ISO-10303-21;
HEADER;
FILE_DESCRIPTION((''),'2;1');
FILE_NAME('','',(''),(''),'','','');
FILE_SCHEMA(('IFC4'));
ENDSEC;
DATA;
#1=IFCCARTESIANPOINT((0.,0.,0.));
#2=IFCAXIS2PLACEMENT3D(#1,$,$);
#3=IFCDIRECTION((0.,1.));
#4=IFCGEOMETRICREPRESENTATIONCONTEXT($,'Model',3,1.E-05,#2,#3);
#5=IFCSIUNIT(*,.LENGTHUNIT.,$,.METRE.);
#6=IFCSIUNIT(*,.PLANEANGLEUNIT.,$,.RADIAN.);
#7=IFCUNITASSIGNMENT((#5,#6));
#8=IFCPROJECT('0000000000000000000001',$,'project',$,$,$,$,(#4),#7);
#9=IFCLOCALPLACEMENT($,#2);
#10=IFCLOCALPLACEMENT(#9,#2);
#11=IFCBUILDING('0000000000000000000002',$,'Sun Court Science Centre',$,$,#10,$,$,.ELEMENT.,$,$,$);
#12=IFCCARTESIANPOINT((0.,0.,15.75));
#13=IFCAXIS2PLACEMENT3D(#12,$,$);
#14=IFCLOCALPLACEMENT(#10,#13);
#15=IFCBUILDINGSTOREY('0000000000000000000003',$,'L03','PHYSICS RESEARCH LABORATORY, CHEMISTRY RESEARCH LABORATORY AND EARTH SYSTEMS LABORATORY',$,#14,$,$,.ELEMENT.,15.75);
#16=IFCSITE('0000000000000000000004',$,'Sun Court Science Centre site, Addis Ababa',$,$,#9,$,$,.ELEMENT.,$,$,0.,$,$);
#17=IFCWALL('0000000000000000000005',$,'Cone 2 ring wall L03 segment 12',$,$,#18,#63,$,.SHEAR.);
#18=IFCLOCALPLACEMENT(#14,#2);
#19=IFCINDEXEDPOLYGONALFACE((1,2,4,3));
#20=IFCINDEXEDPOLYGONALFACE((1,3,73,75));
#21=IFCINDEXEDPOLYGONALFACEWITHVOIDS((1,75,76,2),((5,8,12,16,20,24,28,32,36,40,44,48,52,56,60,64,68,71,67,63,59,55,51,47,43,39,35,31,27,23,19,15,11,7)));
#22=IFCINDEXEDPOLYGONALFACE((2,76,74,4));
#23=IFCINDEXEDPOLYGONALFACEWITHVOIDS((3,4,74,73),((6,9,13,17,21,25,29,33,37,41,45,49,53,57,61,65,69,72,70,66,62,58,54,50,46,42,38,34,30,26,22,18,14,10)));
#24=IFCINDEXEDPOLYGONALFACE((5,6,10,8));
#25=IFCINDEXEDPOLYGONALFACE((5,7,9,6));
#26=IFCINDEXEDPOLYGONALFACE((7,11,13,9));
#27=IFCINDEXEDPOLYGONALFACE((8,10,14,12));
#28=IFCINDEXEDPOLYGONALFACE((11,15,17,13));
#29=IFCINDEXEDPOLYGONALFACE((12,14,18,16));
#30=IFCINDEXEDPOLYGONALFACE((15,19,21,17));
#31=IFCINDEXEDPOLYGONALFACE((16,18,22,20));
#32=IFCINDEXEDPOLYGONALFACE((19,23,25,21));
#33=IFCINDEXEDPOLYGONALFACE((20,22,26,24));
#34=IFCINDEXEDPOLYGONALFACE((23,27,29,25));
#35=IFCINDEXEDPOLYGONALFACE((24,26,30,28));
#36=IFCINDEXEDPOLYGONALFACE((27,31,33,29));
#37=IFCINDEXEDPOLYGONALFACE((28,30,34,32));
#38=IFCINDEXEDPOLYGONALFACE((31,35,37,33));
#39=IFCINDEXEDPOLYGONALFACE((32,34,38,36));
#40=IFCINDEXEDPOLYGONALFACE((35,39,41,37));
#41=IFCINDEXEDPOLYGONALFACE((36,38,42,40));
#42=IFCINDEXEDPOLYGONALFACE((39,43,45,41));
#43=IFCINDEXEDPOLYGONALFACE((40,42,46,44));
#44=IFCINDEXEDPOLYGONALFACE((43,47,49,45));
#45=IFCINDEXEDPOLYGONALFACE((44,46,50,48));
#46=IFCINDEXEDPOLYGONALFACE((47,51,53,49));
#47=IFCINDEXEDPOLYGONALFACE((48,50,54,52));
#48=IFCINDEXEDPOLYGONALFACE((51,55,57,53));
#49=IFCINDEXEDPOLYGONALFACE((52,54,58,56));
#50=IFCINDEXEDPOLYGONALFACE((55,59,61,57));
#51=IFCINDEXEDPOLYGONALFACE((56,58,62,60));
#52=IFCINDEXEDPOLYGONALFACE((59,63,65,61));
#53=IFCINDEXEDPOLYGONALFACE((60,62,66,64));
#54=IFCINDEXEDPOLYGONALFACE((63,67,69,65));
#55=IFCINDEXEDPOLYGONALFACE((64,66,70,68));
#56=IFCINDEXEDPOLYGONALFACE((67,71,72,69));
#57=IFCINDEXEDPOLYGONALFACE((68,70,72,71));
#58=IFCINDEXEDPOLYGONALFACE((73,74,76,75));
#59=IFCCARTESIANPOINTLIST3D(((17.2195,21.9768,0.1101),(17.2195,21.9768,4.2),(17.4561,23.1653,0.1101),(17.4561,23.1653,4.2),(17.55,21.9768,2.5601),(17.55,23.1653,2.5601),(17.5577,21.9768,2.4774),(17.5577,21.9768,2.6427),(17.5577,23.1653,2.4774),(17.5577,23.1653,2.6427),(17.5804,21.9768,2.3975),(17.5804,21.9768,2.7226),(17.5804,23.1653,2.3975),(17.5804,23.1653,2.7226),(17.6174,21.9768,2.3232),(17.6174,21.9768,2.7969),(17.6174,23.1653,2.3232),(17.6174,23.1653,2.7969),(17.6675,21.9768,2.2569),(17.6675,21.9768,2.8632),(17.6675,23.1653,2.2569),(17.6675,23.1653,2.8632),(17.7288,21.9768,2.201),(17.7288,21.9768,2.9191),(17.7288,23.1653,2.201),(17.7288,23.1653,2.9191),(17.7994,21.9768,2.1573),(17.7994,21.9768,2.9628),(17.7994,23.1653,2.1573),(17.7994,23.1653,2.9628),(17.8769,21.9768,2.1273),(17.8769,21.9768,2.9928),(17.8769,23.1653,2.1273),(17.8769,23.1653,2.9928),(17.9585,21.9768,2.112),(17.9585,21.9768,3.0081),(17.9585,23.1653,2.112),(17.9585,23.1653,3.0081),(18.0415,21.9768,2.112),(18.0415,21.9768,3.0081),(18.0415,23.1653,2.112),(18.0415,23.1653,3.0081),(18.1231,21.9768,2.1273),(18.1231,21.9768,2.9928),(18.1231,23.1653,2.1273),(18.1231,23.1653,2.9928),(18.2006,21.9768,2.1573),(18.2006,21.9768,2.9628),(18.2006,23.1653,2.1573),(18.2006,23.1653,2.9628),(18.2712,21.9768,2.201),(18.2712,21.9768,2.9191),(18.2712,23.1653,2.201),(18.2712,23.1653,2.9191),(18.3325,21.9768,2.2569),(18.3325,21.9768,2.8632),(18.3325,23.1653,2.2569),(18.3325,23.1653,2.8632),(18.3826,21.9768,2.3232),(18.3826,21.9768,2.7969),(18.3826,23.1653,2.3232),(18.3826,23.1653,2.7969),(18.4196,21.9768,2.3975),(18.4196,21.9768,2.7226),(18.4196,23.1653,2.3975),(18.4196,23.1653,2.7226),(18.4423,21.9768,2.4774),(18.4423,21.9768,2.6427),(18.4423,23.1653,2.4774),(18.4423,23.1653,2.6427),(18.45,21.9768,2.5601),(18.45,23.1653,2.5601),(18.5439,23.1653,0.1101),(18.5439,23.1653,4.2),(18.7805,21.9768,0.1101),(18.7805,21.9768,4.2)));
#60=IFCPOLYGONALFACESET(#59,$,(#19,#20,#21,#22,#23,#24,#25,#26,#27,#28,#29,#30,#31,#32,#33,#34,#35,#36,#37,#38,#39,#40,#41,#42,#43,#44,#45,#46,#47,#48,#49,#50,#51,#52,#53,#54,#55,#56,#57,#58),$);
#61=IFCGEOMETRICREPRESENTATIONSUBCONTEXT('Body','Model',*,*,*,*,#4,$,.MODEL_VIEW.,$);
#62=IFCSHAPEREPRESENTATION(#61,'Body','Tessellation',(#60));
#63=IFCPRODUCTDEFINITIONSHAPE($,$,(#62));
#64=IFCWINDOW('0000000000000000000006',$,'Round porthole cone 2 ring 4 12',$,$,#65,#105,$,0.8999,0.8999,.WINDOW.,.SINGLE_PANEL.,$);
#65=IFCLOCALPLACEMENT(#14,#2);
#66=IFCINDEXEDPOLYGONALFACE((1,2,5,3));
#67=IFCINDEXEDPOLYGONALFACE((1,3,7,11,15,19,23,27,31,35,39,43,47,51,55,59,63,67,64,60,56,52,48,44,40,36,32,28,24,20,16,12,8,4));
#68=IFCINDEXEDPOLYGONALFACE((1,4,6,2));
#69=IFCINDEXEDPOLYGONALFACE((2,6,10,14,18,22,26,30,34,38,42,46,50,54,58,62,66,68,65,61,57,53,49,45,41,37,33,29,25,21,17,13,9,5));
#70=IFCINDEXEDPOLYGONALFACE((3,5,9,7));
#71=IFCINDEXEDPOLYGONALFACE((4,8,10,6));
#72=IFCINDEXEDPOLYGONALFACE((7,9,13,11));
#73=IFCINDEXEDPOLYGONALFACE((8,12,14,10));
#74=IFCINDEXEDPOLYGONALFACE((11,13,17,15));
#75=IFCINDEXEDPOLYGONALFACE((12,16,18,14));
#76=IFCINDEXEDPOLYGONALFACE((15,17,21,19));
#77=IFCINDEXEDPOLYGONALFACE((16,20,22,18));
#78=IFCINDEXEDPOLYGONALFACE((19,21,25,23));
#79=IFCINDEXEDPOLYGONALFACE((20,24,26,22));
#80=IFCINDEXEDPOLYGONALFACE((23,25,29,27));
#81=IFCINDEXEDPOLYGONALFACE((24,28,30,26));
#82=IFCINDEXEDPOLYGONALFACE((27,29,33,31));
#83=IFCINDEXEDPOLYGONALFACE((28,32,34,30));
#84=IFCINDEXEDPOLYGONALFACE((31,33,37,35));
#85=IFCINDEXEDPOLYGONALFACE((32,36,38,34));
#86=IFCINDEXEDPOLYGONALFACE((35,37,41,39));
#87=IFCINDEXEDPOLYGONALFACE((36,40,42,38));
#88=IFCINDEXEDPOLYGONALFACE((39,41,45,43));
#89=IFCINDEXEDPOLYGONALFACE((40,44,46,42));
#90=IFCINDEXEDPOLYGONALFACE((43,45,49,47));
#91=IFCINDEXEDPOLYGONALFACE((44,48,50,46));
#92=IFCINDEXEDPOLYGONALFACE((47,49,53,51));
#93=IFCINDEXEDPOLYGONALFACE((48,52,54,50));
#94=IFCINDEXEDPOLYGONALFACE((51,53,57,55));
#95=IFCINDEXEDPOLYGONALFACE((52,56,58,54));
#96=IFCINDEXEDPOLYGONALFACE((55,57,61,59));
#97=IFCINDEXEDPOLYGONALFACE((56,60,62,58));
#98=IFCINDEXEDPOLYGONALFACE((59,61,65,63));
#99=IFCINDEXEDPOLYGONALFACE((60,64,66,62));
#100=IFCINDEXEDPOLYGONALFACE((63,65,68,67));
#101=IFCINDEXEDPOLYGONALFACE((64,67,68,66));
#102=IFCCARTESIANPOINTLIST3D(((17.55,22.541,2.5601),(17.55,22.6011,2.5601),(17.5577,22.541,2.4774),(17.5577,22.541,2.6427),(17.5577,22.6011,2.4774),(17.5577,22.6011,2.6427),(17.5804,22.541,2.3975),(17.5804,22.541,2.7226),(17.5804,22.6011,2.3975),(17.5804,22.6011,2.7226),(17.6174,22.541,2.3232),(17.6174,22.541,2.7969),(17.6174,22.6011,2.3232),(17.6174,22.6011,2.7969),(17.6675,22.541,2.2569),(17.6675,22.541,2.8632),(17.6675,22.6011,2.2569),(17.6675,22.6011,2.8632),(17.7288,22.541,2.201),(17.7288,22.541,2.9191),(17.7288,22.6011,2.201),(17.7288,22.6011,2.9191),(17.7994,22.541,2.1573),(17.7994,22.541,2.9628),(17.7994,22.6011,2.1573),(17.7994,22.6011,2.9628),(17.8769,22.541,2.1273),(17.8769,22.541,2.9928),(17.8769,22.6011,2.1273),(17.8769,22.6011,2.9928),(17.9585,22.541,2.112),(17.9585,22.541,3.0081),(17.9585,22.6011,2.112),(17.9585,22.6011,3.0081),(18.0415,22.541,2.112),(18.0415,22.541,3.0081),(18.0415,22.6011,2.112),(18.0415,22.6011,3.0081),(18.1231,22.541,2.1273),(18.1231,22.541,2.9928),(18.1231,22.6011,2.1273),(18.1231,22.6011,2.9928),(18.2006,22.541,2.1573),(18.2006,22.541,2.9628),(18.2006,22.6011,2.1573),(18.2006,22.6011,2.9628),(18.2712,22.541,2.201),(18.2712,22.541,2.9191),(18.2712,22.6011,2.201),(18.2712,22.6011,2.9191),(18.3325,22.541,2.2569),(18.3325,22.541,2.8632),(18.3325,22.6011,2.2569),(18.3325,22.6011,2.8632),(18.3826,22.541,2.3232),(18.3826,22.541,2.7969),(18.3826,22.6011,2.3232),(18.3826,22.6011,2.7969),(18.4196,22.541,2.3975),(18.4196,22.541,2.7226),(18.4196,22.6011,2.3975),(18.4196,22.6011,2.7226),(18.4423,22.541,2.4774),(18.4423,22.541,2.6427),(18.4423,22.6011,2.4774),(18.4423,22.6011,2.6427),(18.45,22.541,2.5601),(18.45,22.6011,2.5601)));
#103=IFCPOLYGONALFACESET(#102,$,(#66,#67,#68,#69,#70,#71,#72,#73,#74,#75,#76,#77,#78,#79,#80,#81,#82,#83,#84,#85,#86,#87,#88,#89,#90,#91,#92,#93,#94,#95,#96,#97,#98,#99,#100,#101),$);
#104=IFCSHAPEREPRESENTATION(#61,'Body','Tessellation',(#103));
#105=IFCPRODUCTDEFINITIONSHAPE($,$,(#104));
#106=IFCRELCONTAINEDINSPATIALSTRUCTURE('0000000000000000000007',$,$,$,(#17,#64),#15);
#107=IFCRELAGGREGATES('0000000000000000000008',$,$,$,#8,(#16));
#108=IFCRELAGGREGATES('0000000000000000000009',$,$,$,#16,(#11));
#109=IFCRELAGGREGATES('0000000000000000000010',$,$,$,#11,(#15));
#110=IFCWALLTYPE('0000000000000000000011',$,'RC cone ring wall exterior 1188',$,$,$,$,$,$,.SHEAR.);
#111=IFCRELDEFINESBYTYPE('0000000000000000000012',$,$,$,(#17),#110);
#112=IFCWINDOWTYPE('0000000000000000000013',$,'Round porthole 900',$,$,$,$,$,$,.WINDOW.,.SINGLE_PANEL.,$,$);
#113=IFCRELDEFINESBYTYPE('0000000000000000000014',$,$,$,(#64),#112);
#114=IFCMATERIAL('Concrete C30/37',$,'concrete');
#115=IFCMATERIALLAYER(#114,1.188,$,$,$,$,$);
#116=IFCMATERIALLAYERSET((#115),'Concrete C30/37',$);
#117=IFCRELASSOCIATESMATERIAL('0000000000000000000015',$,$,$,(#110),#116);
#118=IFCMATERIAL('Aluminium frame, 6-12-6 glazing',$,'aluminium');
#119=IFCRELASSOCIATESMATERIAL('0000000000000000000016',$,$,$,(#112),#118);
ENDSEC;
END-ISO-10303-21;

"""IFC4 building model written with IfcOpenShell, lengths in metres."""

from ifc_helpers import new_model, si_unit, direction, frame, frame_2d, origin, place, context, subcontext, project, spatial, polyline, circle, outline, extrude, material, layer, layer_set, type_object, element, fill, save


model = new_model("IFC4")

# Units and contexts
model_context = context("Model", 3, precision=1e-05, world=origin(), true_north=direction((0.0, 1.0)))
body_context = subcontext(model_context, "Body", "Model", "MODEL_VIEW")
ifc_project = project(units=[si_unit("LENGTHUNIT", "METRE"), si_unit("PLANEANGLEUNIT", "RADIAN")], contexts=[model_context])

# Site, building, storey
site_placement = place(None, origin())
site = spatial("IfcSite", under=ifc_project, at=site_placement, Name="Sun Court Science Centre site, Addis Ababa", CompositionType="ELEMENT", RefElevation=0.0)
building_placement = place(site_placement, origin())
building = spatial("IfcBuilding", under=site, at=building_placement, Name="Sun Court Science Centre", CompositionType="ELEMENT")
storey_placement = place(building_placement, frame((0.0, 0.0, 15.75)))
storey = spatial("IfcBuildingStorey", under=building, at=storey_placement, Name="L03", Description="PHYSICS RESEARCH LABORATORY, CHEMISTRY RESEARCH LABORATORY AND EARTH SYSTEMS LABORATORY", CompositionType="ELEMENT", Elevation=15.75)

# Wall, opening, window
ifc_material_1 = material(Name="Concrete C30/37", Category="concrete")
ifc_layer_1 = layer(ifc_material_1, 1.188)
ifc_layer_set_1 = layer_set([ifc_layer_1], Name="Concrete C30/37")
wall_type_1 = type_object("IfcWallType", Name="RC cone ring wall exterior 1188", PredefinedType="SHEAR", material=ifc_layer_set_1)
ifc_material_2 = material(Name="Aluminium frame, 6-12-6 glazing", Category="aluminium")
window_type = type_object("IfcWindowType", Name="Round porthole 900", PartitioningType="SINGLE_PANEL", PredefinedType="WINDOW", material=ifc_material_2)
wall_1_placement = place(storey_placement, frame((17.2197, 22.571, 0.1101), z_axis=(0.0, 0.0, 1.0), x_axis=(1.0, 0.0, 0.0)))
wall_1 = element("IfcWall", 1, at=wall_1_placement, inside=storey, type_object=wall_type_1, Name="Cone 2 ring wall L03 segment 12", PredefinedType="SHEAR", context=body_context, shape_type="SweptSolid", body=[
    extrude(outline(polyline([(-0.0002, -0.5942), (1.5608, -0.5942), (1.3242, 0.5942), (0.2363, 0.5942), (-0.0002, -0.5942)])), origin(), (0.0, 0.0, 1.0), 4.0898),
])
opening_1_placement = place(wall_1_placement, frame((0.3303, 0.0, 2.0)))
opening_1 = element("IfcOpeningElement", 2, at=opening_1_placement, cuts=wall_1, PredefinedType="OPENING", context=body_context, shape_type="SweptSolid", body=[
    extrude(circle(Radius=0.45, at=frame_2d((0.45, 0.45))), frame((0.0, 0.6042, 0.0), z_axis=(0.0, -1.0, 0.0), x_axis=(1.0, 0.0, 0.0)), (0.0, 0.0, 1.0), 1.2085),
])
window_1_placement = place(opening_1_placement, origin())
window_1 = element("IfcWindow", 3, at=window_1_placement, inside=storey, type_object=window_type, Name="Round porthole cone 2 ring 4 12", OverallHeight=0.8999, OverallWidth=0.8999, PartitioningType="SINGLE_PANEL", PredefinedType="WINDOW", context=body_context, shape_type="SweptSolid", body=[
    extrude(circle(Radius=0.45, at=frame_2d((0.45, 0.45))), frame((0.0, 0.03, 0.0), z_axis=(0.0, -1.0, 0.0), x_axis=(1.0, 0.0, 0.0)), (0.0, 0.0, 1.0), 0.0601),
])
fill(opening_1, window_1)

save(model, "model.ifc")
